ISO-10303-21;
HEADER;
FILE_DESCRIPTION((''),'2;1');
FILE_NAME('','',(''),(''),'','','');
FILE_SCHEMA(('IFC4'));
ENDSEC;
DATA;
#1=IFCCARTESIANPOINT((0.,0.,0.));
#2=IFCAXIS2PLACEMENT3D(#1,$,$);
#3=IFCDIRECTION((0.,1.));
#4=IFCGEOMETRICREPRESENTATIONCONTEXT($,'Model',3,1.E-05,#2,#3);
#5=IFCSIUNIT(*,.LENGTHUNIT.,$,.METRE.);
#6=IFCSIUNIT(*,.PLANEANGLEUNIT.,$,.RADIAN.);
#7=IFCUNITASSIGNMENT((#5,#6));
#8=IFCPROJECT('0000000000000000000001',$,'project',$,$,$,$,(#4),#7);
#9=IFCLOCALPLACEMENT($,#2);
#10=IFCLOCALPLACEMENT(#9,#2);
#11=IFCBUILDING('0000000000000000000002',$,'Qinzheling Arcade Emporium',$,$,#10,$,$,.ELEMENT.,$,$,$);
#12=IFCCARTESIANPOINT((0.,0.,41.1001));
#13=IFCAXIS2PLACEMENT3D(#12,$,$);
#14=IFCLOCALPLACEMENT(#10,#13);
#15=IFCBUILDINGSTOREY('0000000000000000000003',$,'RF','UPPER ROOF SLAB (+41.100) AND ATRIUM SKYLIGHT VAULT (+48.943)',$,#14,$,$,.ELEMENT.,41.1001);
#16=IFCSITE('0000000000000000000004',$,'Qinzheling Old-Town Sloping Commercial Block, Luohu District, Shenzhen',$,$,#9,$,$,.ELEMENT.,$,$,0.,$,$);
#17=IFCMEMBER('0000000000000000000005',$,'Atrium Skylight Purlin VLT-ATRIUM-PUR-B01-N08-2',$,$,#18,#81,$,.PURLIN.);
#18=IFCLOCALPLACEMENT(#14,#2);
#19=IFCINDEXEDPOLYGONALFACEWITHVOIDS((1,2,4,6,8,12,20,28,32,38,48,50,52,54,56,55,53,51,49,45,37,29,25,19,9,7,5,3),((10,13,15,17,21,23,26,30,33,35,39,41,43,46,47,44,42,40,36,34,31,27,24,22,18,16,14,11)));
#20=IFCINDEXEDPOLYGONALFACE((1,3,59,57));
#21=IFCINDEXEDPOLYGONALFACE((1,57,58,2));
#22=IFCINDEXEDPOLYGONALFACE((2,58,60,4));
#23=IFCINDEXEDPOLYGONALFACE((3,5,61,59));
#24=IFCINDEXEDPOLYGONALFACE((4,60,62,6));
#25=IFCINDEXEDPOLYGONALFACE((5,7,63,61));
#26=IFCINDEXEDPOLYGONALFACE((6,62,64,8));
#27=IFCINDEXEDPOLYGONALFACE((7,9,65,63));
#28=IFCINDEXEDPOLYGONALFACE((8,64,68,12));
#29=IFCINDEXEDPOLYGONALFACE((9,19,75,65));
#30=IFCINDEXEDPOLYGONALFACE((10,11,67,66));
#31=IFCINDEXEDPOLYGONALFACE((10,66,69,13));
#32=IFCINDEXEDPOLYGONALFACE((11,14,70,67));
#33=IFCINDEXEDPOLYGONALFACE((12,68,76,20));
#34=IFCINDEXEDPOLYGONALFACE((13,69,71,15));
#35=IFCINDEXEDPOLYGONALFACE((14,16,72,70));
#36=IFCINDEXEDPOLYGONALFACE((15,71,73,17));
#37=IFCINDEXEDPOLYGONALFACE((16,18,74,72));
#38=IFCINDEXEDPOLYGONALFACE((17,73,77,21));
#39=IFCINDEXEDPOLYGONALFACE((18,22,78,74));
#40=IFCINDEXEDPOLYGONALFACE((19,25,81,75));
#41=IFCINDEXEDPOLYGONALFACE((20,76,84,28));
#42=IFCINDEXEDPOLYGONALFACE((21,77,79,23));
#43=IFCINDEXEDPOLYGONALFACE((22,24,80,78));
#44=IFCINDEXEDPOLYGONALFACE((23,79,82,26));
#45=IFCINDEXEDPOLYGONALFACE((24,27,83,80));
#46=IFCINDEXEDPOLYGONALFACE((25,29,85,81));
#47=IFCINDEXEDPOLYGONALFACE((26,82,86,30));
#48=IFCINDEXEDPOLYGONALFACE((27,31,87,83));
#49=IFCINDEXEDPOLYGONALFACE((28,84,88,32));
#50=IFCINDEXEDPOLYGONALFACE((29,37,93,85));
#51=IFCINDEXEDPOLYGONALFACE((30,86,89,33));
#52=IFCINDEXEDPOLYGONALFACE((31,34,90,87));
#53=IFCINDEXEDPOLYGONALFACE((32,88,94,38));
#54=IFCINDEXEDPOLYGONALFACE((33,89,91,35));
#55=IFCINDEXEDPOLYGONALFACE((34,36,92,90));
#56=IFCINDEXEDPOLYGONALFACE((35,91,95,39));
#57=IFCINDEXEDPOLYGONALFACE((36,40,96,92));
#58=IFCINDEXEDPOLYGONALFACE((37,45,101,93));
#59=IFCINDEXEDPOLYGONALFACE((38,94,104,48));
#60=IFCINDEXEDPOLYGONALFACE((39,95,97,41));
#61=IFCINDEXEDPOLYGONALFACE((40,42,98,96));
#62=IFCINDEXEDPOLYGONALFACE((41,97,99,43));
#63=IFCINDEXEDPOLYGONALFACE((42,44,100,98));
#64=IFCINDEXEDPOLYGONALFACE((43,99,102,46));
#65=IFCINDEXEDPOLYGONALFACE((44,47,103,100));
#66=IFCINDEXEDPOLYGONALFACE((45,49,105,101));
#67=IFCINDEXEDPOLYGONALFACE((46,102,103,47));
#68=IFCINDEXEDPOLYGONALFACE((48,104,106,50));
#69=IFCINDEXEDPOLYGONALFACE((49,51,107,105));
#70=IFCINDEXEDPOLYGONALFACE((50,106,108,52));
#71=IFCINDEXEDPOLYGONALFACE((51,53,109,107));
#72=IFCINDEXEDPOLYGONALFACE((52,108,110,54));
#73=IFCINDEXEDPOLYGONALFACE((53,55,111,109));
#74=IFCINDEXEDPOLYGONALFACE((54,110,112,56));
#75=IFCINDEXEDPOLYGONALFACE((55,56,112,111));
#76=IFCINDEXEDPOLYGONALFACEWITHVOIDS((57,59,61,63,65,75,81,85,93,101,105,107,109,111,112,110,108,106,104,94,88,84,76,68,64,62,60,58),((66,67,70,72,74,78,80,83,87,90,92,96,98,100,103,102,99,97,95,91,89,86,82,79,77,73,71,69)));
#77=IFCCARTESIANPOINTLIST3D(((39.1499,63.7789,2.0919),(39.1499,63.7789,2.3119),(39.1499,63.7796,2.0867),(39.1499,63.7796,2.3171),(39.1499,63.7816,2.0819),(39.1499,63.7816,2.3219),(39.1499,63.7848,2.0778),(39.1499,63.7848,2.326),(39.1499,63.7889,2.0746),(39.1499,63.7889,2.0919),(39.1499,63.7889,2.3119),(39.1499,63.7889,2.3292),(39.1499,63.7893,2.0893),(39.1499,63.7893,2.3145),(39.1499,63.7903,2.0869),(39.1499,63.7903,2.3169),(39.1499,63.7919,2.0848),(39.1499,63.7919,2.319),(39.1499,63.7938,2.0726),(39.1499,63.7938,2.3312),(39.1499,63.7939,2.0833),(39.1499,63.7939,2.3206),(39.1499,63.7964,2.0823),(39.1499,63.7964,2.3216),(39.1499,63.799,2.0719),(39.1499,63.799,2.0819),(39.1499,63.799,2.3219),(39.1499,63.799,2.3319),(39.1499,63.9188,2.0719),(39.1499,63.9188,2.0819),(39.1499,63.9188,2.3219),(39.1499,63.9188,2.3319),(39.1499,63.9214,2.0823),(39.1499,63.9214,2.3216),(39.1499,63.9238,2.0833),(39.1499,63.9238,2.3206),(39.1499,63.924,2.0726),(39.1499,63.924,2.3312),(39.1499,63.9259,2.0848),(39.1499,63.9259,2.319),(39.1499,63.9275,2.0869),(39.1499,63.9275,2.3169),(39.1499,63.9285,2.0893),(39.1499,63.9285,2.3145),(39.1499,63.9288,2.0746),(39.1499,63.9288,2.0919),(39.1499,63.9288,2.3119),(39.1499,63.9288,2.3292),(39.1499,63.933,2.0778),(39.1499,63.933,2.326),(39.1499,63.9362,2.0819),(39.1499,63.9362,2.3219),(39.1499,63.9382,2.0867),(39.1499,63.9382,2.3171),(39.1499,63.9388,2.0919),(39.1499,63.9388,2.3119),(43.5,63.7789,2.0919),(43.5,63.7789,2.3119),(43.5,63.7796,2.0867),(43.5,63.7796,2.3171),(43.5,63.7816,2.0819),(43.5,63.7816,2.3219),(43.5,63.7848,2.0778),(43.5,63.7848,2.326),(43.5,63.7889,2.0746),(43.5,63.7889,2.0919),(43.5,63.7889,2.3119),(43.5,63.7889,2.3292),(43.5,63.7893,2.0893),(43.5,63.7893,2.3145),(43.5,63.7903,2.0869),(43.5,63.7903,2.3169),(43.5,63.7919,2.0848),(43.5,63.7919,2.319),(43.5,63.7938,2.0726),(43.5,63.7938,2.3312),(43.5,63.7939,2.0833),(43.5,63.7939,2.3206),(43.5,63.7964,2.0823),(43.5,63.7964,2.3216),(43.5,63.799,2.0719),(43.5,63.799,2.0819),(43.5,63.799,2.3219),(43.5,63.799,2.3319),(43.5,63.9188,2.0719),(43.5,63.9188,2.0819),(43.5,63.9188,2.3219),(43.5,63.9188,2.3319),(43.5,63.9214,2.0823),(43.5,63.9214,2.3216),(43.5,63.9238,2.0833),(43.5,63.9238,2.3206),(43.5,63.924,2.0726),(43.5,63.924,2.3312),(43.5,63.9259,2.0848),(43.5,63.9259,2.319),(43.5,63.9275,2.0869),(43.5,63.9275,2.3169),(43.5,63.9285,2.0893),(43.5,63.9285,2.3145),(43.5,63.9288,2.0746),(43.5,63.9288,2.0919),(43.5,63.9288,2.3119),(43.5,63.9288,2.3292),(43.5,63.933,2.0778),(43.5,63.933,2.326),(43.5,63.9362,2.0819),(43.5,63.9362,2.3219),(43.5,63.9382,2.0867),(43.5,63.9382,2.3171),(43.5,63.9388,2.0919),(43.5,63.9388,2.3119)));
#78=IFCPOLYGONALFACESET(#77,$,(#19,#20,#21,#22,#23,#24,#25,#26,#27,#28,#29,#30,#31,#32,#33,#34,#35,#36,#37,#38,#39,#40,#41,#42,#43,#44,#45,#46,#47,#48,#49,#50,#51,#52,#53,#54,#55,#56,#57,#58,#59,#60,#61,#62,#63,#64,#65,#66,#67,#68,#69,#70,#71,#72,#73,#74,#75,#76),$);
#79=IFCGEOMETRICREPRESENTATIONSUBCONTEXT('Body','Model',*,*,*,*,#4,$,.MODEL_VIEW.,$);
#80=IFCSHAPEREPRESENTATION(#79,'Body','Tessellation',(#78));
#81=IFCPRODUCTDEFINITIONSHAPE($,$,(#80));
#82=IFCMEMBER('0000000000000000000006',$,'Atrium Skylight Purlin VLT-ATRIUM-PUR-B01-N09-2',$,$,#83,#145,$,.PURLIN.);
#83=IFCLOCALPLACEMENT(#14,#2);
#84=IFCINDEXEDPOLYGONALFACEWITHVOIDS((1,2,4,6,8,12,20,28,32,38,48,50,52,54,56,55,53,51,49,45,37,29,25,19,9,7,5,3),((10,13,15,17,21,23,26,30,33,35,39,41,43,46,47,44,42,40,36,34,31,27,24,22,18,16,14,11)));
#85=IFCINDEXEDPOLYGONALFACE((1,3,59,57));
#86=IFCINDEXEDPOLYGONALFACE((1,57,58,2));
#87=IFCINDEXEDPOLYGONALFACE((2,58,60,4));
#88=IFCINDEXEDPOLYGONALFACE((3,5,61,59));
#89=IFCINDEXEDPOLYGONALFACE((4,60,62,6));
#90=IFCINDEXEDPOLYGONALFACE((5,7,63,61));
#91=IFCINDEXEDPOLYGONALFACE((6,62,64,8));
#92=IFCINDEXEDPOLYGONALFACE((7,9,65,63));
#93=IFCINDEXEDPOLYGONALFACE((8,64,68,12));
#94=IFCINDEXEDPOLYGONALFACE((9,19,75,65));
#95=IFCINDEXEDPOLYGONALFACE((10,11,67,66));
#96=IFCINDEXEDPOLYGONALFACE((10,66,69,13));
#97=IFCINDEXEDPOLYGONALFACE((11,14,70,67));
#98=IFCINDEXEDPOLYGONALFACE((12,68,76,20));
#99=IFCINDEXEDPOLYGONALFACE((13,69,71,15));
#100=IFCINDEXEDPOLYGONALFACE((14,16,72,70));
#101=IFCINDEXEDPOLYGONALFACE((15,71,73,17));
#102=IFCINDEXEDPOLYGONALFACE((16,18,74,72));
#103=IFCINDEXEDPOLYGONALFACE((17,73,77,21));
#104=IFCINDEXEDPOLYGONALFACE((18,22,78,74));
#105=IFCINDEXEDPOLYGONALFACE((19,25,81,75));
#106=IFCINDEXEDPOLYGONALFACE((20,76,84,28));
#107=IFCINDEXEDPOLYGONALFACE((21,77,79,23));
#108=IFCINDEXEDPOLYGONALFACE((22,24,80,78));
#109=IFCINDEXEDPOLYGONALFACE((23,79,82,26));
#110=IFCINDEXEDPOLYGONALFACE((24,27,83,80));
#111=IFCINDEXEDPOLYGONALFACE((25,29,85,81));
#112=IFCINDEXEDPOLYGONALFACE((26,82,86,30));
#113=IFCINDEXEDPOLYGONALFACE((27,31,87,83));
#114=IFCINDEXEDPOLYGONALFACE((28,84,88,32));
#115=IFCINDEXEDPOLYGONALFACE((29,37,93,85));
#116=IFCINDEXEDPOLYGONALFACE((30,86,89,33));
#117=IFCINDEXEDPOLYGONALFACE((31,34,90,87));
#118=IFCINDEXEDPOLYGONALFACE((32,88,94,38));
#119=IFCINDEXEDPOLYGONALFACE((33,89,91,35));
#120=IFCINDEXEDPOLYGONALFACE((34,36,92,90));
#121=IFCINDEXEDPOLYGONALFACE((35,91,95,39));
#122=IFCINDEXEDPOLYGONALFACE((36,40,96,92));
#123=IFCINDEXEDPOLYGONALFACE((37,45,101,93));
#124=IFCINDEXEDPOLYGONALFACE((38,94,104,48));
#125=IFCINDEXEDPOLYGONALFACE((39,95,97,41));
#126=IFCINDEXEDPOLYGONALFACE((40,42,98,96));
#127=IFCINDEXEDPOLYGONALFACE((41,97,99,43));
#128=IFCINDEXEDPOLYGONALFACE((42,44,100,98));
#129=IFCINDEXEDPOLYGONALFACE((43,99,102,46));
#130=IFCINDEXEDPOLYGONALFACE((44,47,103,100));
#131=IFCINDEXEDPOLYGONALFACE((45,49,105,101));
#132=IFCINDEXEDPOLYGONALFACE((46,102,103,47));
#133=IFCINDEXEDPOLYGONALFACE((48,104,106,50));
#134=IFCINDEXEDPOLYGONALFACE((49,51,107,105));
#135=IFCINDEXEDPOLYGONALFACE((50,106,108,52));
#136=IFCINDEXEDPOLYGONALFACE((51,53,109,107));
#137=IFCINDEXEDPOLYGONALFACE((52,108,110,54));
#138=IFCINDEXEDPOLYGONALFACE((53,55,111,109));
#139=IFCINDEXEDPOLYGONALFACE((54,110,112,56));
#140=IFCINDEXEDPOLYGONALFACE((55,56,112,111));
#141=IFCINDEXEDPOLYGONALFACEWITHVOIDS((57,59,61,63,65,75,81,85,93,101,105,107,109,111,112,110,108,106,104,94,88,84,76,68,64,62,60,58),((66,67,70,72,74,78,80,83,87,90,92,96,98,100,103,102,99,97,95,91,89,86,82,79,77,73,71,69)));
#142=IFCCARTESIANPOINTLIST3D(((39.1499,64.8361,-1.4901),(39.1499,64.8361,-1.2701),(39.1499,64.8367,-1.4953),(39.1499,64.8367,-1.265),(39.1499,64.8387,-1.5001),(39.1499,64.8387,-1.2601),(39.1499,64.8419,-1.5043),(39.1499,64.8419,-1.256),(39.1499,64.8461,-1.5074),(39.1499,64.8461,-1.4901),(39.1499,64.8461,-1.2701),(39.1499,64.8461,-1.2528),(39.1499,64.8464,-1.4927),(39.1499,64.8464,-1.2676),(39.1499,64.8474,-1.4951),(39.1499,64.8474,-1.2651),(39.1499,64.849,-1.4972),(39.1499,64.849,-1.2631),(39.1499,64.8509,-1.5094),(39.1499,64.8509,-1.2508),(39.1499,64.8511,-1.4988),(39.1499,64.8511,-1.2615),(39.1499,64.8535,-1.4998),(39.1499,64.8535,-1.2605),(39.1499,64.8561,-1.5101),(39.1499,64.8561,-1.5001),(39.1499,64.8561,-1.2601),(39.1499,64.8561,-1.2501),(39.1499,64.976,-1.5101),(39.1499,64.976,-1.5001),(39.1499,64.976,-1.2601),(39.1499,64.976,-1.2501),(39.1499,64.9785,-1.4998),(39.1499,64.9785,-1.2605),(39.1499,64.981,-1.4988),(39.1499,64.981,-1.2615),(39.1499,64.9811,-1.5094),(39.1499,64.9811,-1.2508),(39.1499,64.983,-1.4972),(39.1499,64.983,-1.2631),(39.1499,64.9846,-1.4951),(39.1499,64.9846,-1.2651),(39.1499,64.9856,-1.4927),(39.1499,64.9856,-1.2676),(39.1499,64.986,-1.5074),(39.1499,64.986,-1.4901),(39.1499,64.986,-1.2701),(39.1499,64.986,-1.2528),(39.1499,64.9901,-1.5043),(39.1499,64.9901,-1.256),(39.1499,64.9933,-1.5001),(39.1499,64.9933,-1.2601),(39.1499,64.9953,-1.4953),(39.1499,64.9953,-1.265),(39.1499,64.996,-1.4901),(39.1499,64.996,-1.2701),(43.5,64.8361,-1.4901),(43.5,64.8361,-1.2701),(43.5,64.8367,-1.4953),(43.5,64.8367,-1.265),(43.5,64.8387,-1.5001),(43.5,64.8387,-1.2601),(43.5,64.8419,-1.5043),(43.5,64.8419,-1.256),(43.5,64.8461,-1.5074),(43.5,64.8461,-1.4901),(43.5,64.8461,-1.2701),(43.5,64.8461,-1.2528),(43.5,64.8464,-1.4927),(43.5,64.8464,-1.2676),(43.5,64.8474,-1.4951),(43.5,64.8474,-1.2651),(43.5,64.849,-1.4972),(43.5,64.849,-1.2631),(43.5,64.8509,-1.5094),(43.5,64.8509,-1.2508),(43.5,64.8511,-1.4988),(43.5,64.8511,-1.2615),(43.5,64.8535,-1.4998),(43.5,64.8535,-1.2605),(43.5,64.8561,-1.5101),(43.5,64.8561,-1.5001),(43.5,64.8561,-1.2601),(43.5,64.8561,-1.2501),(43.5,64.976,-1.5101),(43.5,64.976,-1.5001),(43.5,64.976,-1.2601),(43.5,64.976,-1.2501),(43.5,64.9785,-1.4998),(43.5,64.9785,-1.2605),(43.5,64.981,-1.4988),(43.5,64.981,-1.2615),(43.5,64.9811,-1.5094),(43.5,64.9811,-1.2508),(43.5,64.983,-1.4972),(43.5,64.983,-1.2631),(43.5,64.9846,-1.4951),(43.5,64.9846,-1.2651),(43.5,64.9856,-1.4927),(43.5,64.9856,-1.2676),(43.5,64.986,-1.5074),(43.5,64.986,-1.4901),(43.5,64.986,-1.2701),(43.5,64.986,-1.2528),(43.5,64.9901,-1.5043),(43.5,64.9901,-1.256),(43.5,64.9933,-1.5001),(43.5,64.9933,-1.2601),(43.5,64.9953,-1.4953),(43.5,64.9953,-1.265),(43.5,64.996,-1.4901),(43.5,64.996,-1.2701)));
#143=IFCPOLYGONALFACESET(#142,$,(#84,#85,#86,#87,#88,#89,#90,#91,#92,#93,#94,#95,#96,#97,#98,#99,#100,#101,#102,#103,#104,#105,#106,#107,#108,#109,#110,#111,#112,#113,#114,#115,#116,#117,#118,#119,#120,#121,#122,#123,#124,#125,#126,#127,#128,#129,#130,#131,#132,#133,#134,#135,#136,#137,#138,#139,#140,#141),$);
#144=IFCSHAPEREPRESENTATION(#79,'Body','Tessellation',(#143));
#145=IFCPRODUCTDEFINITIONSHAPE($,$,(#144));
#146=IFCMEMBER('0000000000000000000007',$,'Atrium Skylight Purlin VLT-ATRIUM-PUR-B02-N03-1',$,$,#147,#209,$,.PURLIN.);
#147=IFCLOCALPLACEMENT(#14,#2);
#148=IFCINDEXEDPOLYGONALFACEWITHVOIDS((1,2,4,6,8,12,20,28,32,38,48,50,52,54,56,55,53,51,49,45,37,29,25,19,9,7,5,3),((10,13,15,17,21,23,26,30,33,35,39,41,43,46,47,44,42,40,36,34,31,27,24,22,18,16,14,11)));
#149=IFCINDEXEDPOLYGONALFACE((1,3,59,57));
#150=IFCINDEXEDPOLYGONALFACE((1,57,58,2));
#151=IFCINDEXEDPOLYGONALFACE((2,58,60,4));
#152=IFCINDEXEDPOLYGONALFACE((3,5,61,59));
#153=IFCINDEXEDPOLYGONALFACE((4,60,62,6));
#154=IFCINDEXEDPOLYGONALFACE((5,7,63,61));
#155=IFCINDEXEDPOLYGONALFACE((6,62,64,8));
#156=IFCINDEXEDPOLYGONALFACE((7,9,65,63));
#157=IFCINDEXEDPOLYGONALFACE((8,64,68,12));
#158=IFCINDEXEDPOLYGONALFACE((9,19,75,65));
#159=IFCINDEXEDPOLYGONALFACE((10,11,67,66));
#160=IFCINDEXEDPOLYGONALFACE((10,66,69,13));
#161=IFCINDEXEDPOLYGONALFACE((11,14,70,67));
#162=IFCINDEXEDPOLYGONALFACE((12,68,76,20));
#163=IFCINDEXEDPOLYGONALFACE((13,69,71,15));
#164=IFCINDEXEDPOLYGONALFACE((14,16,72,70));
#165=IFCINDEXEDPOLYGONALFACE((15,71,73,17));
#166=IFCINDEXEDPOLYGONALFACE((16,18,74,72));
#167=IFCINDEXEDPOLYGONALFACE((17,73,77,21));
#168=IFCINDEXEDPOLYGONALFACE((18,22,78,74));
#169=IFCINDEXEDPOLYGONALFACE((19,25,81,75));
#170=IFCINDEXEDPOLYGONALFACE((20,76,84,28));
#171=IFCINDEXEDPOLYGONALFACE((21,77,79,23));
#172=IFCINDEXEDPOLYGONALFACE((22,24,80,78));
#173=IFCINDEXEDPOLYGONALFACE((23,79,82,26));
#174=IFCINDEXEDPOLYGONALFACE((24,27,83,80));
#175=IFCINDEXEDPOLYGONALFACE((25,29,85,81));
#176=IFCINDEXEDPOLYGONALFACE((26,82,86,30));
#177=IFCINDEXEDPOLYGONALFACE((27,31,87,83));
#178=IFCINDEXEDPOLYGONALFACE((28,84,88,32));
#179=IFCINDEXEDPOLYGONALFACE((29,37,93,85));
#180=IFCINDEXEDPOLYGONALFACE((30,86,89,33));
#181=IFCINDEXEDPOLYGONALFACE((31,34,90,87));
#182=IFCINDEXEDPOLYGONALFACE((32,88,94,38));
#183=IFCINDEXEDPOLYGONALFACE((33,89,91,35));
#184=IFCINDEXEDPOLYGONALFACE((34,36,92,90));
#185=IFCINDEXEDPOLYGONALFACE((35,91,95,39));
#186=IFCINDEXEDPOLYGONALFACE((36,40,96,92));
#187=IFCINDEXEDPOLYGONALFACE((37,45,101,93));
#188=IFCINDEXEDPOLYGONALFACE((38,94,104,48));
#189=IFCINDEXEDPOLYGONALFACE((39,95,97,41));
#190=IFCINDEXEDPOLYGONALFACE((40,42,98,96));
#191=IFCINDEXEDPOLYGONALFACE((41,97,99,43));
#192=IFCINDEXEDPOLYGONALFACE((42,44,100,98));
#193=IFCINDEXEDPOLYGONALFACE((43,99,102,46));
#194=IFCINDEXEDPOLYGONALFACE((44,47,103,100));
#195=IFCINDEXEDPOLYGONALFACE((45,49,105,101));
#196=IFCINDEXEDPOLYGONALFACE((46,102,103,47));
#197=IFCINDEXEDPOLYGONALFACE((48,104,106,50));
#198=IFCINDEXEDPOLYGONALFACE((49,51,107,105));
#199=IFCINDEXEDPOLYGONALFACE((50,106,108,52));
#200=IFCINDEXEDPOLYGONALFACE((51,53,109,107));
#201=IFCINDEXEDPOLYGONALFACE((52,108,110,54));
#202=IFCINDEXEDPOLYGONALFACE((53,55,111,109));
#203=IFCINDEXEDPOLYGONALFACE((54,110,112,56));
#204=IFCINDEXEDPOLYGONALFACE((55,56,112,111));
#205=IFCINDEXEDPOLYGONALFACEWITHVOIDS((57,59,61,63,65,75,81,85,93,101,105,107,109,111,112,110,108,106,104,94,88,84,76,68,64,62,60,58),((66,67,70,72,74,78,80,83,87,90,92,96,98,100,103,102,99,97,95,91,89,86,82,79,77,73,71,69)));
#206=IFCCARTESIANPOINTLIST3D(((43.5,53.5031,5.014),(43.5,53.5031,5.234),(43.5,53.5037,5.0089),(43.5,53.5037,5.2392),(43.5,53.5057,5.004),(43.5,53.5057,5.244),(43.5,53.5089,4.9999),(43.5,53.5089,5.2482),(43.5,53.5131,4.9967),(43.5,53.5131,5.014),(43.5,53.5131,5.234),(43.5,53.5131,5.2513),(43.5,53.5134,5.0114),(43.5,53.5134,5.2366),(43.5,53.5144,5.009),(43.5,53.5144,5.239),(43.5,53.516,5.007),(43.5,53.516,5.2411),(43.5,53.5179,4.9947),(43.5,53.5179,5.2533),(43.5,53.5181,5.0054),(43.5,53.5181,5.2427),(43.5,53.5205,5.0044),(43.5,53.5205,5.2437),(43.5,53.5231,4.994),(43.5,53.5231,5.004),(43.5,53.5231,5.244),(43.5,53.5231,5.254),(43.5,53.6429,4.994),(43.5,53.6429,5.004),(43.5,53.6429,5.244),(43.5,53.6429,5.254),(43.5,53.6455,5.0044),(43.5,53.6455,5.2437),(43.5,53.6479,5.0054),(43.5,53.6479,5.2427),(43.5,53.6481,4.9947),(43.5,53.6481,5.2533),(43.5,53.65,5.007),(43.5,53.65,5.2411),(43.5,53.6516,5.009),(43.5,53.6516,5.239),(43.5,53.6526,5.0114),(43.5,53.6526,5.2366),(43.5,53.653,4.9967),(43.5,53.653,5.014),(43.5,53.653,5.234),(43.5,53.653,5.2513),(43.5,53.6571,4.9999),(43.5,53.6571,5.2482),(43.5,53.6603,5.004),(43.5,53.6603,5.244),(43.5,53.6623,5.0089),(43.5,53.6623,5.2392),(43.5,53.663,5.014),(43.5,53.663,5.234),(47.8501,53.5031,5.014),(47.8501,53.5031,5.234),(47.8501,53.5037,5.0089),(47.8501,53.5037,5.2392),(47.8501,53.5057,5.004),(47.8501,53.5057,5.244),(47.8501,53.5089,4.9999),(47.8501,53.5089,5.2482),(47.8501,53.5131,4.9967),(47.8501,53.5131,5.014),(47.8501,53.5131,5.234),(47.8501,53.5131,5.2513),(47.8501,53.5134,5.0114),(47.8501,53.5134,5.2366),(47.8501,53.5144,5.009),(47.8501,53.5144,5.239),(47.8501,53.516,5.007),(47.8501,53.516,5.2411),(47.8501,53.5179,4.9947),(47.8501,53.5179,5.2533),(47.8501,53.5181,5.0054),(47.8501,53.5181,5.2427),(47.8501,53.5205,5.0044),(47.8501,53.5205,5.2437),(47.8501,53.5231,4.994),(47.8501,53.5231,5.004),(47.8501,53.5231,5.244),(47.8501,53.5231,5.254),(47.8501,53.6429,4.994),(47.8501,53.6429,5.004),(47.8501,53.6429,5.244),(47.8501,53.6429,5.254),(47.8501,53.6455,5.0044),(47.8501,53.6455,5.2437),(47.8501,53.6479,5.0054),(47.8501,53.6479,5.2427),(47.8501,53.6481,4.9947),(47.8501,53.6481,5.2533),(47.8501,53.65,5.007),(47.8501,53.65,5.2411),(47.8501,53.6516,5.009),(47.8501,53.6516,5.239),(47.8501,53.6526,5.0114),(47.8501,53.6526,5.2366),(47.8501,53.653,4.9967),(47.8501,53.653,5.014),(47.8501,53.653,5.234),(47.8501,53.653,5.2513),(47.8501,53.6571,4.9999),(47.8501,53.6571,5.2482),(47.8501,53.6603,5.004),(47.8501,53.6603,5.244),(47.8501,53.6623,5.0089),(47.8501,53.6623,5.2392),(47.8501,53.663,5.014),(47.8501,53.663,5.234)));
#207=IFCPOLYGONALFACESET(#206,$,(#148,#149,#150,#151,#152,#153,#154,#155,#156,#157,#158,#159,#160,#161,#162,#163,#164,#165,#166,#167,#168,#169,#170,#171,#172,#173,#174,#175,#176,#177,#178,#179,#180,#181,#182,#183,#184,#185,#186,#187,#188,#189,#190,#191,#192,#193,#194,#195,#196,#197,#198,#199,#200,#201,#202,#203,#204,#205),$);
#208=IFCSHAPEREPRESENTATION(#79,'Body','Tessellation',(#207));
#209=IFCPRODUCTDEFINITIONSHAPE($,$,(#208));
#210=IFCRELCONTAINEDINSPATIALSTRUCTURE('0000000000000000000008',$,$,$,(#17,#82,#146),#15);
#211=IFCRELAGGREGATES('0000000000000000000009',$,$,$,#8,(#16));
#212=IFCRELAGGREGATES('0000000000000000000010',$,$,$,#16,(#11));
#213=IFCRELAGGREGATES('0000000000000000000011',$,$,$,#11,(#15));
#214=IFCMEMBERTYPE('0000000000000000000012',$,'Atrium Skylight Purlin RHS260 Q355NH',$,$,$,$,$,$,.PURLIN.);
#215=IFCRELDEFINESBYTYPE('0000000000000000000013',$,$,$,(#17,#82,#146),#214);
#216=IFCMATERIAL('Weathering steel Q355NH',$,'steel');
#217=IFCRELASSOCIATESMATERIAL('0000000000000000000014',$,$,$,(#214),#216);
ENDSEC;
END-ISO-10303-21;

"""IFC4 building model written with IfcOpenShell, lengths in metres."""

from ifc_helpers import new_model, si_unit, direction, frame, origin, origin_2d, place, context, subcontext, project, spatial, hollow_rectangle, extrude, material, material_profile, profile_set, type_object, element, save


model = new_model("IFC4")

# Units and contexts
model_context = context("Model", 3, precision=1e-05, world=origin(), true_north=direction((0.0, 1.0)))
body_context = subcontext(model_context, "Body", "Model", "MODEL_VIEW")
ifc_project = project(units=[si_unit("LENGTHUNIT", "METRE"), si_unit("PLANEANGLEUNIT", "RADIAN")], contexts=[model_context])

# Site, building, storey
site_placement = place(None, origin())
site = spatial("IfcSite", under=ifc_project, at=site_placement, Name="Qinzheling Old-Town Sloping Commercial Block, Luohu District, Shenzhen", CompositionType="ELEMENT", RefElevation=0.0)
building_placement = place(site_placement, origin())
building = spatial("IfcBuilding", under=site, at=building_placement, Name="Qinzheling Arcade Emporium", CompositionType="ELEMENT")
storey_placement = place(building_placement, frame((0.0, 0.0, 41.1001)))
storey = spatial("IfcBuildingStorey", under=building, at=storey_placement, Name="RF", Description="UPPER ROOF SLAB (+41.100) AND ATRIUM SKYLIGHT VAULT (+48.943)", CompositionType="ELEMENT", Elevation=41.1001)

# Shared definitions
ifc_material_1 = material(Name="Weathering steel Q355NH", Category="steel")

# Members
ifc_material_profile_1 = material_profile(ifc_material_1, hollow_rectangle(XDim=0.1599, YDim=0.26, WallThickness=0.01, InnerFilletRadius=0.01, OuterFilletRadius=0.02, at=origin_2d()), Name="RHS 260x160x10", Category="steel")
ifc_profile_set_1 = profile_set([ifc_material_profile_1], Name="Weathering steel Q355NH")
member_type = type_object("IfcMemberType", Name="Atrium Skylight Purlin RHS260 Q355NH", PredefinedType="PURLIN", material=ifc_profile_set_1)
for number, where, z_axis, x_axis, name in (
    (1, (39.1499, 63.8589, 2.2019), (1.0, 0.0, 0.0), (0.0, 1.0, 0.0), "Atrium Skylight Purlin VLT-ATRIUM-PUR-B01-N08-2"),
    (2, (39.1499, 64.916, -1.3801), (1.0, 0.0, 0.0), (0.0, 1.0, 0.0), "Atrium Skylight Purlin VLT-ATRIUM-PUR-B01-N09-2"),
    (3, (43.5, 53.583, 5.124), (1.0, 0.0, 0.0), (0.0, 1.0, 0.0), "Atrium Skylight Purlin VLT-ATRIUM-PUR-B02-N03-1"),
):
    element("IfcMember", number, at=place(storey_placement, frame(where, z_axis=z_axis, x_axis=x_axis)), inside=storey, type_object=member_type, Name=name, PredefinedType="PURLIN", context=body_context, shape_type="SweptSolid", body=[
        extrude(hollow_rectangle(XDim=0.1599, YDim=0.26, WallThickness=0.01, InnerFilletRadius=0.01, OuterFilletRadius=0.02, at=origin_2d()), origin(), (0.0, 0.0, 1.0), 4.3501),
    ])

save(model, "model.ifc")
